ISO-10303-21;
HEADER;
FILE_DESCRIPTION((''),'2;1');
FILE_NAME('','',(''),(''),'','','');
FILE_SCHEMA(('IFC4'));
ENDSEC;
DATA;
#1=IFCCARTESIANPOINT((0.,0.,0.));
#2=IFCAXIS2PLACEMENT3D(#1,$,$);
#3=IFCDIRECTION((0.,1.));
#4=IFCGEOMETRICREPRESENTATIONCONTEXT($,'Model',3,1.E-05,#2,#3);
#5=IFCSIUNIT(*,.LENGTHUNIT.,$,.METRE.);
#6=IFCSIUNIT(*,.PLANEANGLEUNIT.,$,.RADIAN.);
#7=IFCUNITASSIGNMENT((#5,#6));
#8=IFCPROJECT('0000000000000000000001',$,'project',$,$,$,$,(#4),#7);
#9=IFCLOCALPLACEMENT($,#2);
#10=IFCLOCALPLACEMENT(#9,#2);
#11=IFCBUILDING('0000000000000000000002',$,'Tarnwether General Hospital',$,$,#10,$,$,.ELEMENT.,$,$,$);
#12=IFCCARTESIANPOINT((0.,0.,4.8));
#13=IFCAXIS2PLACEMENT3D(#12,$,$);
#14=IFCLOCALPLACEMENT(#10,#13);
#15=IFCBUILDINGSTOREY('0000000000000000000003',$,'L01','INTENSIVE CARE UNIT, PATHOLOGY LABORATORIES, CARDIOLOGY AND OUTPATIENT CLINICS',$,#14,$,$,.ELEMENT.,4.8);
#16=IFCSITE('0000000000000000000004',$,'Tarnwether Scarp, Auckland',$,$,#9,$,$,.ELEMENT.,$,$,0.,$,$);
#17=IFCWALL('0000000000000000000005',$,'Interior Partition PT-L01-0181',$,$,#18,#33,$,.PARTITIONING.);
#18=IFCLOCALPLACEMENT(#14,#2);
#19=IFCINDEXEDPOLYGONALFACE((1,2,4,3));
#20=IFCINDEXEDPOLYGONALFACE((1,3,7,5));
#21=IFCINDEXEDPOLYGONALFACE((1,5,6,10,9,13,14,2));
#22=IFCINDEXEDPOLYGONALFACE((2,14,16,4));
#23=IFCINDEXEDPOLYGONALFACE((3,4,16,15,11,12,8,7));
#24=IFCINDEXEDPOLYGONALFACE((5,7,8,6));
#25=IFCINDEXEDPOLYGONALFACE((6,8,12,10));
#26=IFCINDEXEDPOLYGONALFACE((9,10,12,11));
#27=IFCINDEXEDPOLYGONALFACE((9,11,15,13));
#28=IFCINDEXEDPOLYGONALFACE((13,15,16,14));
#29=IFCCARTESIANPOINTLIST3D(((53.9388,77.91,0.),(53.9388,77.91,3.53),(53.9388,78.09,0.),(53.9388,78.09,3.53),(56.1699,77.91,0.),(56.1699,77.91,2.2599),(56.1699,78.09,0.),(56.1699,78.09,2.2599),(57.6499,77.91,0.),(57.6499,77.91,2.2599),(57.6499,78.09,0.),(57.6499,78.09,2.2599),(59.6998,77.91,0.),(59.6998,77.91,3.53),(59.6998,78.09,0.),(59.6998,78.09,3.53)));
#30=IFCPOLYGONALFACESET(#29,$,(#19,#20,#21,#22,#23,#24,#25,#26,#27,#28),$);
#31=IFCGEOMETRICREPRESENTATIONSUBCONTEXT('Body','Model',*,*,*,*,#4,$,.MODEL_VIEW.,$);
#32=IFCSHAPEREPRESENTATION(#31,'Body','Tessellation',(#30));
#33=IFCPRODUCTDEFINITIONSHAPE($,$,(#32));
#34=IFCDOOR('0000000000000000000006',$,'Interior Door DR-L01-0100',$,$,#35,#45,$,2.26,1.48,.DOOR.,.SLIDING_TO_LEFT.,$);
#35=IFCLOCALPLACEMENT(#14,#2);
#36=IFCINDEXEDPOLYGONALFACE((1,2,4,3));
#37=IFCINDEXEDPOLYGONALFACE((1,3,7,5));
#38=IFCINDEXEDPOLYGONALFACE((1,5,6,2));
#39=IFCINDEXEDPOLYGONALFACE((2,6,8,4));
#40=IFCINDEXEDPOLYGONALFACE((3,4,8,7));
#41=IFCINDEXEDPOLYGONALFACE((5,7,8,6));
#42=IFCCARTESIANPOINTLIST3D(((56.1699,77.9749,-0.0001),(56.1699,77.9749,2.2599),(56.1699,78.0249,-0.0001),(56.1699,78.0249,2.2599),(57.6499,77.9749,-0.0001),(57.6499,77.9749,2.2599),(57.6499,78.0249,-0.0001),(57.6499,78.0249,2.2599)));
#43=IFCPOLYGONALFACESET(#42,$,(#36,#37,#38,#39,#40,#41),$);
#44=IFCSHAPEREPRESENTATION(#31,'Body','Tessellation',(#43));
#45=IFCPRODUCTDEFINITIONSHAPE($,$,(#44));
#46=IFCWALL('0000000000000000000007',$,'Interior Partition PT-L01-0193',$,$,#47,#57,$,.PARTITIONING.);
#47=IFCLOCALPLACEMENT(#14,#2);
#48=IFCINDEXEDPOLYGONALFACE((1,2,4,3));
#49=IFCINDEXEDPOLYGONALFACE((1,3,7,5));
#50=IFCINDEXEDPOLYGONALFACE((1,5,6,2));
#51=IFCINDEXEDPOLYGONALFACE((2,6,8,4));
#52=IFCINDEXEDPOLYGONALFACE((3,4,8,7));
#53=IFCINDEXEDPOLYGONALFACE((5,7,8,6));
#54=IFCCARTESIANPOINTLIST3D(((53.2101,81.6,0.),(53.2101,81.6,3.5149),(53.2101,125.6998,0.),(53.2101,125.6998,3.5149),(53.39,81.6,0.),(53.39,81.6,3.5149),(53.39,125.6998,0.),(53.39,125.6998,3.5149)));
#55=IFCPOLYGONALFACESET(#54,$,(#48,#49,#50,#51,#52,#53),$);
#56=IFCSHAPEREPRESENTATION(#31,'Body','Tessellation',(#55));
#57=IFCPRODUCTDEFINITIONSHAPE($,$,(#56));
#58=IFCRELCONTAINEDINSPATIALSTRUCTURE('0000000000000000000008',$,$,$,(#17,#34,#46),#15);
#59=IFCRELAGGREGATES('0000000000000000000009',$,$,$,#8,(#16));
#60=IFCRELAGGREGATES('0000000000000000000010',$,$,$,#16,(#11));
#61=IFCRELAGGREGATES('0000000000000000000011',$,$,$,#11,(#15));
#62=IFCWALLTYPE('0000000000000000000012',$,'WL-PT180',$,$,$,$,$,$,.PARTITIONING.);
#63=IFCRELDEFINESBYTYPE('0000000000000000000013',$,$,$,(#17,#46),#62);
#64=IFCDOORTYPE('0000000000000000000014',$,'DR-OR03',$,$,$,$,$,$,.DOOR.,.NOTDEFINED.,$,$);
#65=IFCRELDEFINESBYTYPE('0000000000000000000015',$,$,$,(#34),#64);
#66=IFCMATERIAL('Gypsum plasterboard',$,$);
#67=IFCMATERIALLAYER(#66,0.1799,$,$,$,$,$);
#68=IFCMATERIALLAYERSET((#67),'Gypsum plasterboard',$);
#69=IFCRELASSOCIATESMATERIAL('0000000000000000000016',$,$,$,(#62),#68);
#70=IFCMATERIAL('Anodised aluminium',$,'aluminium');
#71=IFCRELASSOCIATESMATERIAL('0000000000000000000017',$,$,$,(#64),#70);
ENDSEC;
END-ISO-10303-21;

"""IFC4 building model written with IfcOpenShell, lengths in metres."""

from ifc_helpers import new_model, si_unit, direction, frame, frame_2d, origin, place, context, subcontext, project, spatial, rectangle, extrude, material, layer, layer_set, type_object, element, fill, save


model = new_model("IFC4")

# Units and contexts
model_context = context("Model", 3, precision=1e-05, world=origin(), true_north=direction((0.0, 1.0)))
body_context = subcontext(model_context, "Body", "Model", "MODEL_VIEW")
ifc_project = project(units=[si_unit("LENGTHUNIT", "METRE"), si_unit("PLANEANGLEUNIT", "RADIAN")], contexts=[model_context])

# Site, building, storey
site_placement = place(None, origin())
site = spatial("IfcSite", under=ifc_project, at=site_placement, Name="Tarnwether Scarp, Auckland", CompositionType="ELEMENT", RefElevation=0.0)
building_placement = place(site_placement, origin())
building = spatial("IfcBuilding", under=site, at=building_placement, Name="Tarnwether General Hospital", CompositionType="ELEMENT")
storey_placement = place(building_placement, frame((0.0, 0.0, 4.8)))
storey = spatial("IfcBuildingStorey", under=building, at=storey_placement, Name="L01", Description="INTENSIVE CARE UNIT, PATHOLOGY LABORATORIES, CARDIOLOGY AND OUTPATIENT CLINICS", CompositionType="ELEMENT", Elevation=4.8)

# Wall, opening, door
ifc_material_1 = material(Name="Gypsum plasterboard")
ifc_layer_1 = layer(ifc_material_1, 0.1799)
ifc_layer_set_1 = layer_set([ifc_layer_1], Name="Gypsum plasterboard")
wall_type_1 = type_object("IfcWallType", Name="WL-PT180", PredefinedType="PARTITIONING", material=ifc_layer_set_1)
wall_1_placement = place(storey_placement, frame((53.939, 78.0, 0.0), z_axis=(0.0, 0.0, 1.0), x_axis=(1.0, 0.0, 0.0)))
wall_1 = element("IfcWall", 1, at=wall_1_placement, inside=storey, type_object=wall_type_1, Name="Interior Partition PT-L01-0181", PredefinedType="PARTITIONING", context=body_context, shape_type="SweptSolid", body=[
    extrude(rectangle(XDim=5.761, YDim=0.1799, at=frame_2d((2.8804, 0.0))), origin(), (0.0, 0.0, 1.0), 3.53),
])
opening_1_placement = place(wall_1_placement, frame((2.231, 0.0, 0.0)))
opening_1 = element("IfcOpeningElement", 2, at=opening_1_placement, cuts=wall_1, PredefinedType="OPENING", context=body_context, shape_type="SweptSolid", body=[
    extrude(rectangle(XDim=1.48, YDim=2.26, at=frame_2d((0.74, 1.1299))), frame((0.0, 0.1001, 0.0), z_axis=(0.0, -1.0, 0.0), x_axis=(1.0, 0.0, 0.0)), (0.0, 0.0, 1.0), 0.2),
])
ifc_material_2 = material(Name="Anodised aluminium", Category="aluminium")
door_type_1 = type_object("IfcDoorType", Name="DR-OR03", OperationType="NOTDEFINED", PredefinedType="DOOR", material=ifc_material_2)
door_1_placement = place(opening_1_placement, origin())
door_1 = element("IfcDoor", 3, at=door_1_placement, inside=storey, type_object=door_type_1, Name="Interior Door DR-L01-0100", OperationType="SLIDING_TO_LEFT", OverallHeight=2.26, OverallWidth=1.48, PredefinedType="DOOR", context=body_context, shape_type="SweptSolid", body=[
    extrude(rectangle(XDim=1.48, YDim=2.26, at=frame_2d((0.74, 1.1299))), frame((0.0, 0.0249, 0.0), z_axis=(0.0, -1.0, 0.0), x_axis=(1.0, 0.0, 0.0)), (0.0, 0.0, 1.0), 0.05),
])
fill(opening_1, door_1)

# Wall
wall_2_placement = place(storey_placement, frame((53.3, 81.6001, 0.0), z_axis=(0.0, 0.0, 1.0), x_axis=(0.0, 1.0, 0.0)))
element("IfcWall", 4, at=wall_2_placement, inside=storey, type_object=wall_type_1, Name="Interior Partition PT-L01-0193", PredefinedType="PARTITIONING", context=body_context, shape_type="SweptSolid", body=[
    extrude(rectangle(XDim=44.0999, YDim=0.1799, at=frame_2d((22.0498, 0.0))), origin(), (0.0, 0.0, 1.0), 3.5149),
])

save(model, "model.ifc")
